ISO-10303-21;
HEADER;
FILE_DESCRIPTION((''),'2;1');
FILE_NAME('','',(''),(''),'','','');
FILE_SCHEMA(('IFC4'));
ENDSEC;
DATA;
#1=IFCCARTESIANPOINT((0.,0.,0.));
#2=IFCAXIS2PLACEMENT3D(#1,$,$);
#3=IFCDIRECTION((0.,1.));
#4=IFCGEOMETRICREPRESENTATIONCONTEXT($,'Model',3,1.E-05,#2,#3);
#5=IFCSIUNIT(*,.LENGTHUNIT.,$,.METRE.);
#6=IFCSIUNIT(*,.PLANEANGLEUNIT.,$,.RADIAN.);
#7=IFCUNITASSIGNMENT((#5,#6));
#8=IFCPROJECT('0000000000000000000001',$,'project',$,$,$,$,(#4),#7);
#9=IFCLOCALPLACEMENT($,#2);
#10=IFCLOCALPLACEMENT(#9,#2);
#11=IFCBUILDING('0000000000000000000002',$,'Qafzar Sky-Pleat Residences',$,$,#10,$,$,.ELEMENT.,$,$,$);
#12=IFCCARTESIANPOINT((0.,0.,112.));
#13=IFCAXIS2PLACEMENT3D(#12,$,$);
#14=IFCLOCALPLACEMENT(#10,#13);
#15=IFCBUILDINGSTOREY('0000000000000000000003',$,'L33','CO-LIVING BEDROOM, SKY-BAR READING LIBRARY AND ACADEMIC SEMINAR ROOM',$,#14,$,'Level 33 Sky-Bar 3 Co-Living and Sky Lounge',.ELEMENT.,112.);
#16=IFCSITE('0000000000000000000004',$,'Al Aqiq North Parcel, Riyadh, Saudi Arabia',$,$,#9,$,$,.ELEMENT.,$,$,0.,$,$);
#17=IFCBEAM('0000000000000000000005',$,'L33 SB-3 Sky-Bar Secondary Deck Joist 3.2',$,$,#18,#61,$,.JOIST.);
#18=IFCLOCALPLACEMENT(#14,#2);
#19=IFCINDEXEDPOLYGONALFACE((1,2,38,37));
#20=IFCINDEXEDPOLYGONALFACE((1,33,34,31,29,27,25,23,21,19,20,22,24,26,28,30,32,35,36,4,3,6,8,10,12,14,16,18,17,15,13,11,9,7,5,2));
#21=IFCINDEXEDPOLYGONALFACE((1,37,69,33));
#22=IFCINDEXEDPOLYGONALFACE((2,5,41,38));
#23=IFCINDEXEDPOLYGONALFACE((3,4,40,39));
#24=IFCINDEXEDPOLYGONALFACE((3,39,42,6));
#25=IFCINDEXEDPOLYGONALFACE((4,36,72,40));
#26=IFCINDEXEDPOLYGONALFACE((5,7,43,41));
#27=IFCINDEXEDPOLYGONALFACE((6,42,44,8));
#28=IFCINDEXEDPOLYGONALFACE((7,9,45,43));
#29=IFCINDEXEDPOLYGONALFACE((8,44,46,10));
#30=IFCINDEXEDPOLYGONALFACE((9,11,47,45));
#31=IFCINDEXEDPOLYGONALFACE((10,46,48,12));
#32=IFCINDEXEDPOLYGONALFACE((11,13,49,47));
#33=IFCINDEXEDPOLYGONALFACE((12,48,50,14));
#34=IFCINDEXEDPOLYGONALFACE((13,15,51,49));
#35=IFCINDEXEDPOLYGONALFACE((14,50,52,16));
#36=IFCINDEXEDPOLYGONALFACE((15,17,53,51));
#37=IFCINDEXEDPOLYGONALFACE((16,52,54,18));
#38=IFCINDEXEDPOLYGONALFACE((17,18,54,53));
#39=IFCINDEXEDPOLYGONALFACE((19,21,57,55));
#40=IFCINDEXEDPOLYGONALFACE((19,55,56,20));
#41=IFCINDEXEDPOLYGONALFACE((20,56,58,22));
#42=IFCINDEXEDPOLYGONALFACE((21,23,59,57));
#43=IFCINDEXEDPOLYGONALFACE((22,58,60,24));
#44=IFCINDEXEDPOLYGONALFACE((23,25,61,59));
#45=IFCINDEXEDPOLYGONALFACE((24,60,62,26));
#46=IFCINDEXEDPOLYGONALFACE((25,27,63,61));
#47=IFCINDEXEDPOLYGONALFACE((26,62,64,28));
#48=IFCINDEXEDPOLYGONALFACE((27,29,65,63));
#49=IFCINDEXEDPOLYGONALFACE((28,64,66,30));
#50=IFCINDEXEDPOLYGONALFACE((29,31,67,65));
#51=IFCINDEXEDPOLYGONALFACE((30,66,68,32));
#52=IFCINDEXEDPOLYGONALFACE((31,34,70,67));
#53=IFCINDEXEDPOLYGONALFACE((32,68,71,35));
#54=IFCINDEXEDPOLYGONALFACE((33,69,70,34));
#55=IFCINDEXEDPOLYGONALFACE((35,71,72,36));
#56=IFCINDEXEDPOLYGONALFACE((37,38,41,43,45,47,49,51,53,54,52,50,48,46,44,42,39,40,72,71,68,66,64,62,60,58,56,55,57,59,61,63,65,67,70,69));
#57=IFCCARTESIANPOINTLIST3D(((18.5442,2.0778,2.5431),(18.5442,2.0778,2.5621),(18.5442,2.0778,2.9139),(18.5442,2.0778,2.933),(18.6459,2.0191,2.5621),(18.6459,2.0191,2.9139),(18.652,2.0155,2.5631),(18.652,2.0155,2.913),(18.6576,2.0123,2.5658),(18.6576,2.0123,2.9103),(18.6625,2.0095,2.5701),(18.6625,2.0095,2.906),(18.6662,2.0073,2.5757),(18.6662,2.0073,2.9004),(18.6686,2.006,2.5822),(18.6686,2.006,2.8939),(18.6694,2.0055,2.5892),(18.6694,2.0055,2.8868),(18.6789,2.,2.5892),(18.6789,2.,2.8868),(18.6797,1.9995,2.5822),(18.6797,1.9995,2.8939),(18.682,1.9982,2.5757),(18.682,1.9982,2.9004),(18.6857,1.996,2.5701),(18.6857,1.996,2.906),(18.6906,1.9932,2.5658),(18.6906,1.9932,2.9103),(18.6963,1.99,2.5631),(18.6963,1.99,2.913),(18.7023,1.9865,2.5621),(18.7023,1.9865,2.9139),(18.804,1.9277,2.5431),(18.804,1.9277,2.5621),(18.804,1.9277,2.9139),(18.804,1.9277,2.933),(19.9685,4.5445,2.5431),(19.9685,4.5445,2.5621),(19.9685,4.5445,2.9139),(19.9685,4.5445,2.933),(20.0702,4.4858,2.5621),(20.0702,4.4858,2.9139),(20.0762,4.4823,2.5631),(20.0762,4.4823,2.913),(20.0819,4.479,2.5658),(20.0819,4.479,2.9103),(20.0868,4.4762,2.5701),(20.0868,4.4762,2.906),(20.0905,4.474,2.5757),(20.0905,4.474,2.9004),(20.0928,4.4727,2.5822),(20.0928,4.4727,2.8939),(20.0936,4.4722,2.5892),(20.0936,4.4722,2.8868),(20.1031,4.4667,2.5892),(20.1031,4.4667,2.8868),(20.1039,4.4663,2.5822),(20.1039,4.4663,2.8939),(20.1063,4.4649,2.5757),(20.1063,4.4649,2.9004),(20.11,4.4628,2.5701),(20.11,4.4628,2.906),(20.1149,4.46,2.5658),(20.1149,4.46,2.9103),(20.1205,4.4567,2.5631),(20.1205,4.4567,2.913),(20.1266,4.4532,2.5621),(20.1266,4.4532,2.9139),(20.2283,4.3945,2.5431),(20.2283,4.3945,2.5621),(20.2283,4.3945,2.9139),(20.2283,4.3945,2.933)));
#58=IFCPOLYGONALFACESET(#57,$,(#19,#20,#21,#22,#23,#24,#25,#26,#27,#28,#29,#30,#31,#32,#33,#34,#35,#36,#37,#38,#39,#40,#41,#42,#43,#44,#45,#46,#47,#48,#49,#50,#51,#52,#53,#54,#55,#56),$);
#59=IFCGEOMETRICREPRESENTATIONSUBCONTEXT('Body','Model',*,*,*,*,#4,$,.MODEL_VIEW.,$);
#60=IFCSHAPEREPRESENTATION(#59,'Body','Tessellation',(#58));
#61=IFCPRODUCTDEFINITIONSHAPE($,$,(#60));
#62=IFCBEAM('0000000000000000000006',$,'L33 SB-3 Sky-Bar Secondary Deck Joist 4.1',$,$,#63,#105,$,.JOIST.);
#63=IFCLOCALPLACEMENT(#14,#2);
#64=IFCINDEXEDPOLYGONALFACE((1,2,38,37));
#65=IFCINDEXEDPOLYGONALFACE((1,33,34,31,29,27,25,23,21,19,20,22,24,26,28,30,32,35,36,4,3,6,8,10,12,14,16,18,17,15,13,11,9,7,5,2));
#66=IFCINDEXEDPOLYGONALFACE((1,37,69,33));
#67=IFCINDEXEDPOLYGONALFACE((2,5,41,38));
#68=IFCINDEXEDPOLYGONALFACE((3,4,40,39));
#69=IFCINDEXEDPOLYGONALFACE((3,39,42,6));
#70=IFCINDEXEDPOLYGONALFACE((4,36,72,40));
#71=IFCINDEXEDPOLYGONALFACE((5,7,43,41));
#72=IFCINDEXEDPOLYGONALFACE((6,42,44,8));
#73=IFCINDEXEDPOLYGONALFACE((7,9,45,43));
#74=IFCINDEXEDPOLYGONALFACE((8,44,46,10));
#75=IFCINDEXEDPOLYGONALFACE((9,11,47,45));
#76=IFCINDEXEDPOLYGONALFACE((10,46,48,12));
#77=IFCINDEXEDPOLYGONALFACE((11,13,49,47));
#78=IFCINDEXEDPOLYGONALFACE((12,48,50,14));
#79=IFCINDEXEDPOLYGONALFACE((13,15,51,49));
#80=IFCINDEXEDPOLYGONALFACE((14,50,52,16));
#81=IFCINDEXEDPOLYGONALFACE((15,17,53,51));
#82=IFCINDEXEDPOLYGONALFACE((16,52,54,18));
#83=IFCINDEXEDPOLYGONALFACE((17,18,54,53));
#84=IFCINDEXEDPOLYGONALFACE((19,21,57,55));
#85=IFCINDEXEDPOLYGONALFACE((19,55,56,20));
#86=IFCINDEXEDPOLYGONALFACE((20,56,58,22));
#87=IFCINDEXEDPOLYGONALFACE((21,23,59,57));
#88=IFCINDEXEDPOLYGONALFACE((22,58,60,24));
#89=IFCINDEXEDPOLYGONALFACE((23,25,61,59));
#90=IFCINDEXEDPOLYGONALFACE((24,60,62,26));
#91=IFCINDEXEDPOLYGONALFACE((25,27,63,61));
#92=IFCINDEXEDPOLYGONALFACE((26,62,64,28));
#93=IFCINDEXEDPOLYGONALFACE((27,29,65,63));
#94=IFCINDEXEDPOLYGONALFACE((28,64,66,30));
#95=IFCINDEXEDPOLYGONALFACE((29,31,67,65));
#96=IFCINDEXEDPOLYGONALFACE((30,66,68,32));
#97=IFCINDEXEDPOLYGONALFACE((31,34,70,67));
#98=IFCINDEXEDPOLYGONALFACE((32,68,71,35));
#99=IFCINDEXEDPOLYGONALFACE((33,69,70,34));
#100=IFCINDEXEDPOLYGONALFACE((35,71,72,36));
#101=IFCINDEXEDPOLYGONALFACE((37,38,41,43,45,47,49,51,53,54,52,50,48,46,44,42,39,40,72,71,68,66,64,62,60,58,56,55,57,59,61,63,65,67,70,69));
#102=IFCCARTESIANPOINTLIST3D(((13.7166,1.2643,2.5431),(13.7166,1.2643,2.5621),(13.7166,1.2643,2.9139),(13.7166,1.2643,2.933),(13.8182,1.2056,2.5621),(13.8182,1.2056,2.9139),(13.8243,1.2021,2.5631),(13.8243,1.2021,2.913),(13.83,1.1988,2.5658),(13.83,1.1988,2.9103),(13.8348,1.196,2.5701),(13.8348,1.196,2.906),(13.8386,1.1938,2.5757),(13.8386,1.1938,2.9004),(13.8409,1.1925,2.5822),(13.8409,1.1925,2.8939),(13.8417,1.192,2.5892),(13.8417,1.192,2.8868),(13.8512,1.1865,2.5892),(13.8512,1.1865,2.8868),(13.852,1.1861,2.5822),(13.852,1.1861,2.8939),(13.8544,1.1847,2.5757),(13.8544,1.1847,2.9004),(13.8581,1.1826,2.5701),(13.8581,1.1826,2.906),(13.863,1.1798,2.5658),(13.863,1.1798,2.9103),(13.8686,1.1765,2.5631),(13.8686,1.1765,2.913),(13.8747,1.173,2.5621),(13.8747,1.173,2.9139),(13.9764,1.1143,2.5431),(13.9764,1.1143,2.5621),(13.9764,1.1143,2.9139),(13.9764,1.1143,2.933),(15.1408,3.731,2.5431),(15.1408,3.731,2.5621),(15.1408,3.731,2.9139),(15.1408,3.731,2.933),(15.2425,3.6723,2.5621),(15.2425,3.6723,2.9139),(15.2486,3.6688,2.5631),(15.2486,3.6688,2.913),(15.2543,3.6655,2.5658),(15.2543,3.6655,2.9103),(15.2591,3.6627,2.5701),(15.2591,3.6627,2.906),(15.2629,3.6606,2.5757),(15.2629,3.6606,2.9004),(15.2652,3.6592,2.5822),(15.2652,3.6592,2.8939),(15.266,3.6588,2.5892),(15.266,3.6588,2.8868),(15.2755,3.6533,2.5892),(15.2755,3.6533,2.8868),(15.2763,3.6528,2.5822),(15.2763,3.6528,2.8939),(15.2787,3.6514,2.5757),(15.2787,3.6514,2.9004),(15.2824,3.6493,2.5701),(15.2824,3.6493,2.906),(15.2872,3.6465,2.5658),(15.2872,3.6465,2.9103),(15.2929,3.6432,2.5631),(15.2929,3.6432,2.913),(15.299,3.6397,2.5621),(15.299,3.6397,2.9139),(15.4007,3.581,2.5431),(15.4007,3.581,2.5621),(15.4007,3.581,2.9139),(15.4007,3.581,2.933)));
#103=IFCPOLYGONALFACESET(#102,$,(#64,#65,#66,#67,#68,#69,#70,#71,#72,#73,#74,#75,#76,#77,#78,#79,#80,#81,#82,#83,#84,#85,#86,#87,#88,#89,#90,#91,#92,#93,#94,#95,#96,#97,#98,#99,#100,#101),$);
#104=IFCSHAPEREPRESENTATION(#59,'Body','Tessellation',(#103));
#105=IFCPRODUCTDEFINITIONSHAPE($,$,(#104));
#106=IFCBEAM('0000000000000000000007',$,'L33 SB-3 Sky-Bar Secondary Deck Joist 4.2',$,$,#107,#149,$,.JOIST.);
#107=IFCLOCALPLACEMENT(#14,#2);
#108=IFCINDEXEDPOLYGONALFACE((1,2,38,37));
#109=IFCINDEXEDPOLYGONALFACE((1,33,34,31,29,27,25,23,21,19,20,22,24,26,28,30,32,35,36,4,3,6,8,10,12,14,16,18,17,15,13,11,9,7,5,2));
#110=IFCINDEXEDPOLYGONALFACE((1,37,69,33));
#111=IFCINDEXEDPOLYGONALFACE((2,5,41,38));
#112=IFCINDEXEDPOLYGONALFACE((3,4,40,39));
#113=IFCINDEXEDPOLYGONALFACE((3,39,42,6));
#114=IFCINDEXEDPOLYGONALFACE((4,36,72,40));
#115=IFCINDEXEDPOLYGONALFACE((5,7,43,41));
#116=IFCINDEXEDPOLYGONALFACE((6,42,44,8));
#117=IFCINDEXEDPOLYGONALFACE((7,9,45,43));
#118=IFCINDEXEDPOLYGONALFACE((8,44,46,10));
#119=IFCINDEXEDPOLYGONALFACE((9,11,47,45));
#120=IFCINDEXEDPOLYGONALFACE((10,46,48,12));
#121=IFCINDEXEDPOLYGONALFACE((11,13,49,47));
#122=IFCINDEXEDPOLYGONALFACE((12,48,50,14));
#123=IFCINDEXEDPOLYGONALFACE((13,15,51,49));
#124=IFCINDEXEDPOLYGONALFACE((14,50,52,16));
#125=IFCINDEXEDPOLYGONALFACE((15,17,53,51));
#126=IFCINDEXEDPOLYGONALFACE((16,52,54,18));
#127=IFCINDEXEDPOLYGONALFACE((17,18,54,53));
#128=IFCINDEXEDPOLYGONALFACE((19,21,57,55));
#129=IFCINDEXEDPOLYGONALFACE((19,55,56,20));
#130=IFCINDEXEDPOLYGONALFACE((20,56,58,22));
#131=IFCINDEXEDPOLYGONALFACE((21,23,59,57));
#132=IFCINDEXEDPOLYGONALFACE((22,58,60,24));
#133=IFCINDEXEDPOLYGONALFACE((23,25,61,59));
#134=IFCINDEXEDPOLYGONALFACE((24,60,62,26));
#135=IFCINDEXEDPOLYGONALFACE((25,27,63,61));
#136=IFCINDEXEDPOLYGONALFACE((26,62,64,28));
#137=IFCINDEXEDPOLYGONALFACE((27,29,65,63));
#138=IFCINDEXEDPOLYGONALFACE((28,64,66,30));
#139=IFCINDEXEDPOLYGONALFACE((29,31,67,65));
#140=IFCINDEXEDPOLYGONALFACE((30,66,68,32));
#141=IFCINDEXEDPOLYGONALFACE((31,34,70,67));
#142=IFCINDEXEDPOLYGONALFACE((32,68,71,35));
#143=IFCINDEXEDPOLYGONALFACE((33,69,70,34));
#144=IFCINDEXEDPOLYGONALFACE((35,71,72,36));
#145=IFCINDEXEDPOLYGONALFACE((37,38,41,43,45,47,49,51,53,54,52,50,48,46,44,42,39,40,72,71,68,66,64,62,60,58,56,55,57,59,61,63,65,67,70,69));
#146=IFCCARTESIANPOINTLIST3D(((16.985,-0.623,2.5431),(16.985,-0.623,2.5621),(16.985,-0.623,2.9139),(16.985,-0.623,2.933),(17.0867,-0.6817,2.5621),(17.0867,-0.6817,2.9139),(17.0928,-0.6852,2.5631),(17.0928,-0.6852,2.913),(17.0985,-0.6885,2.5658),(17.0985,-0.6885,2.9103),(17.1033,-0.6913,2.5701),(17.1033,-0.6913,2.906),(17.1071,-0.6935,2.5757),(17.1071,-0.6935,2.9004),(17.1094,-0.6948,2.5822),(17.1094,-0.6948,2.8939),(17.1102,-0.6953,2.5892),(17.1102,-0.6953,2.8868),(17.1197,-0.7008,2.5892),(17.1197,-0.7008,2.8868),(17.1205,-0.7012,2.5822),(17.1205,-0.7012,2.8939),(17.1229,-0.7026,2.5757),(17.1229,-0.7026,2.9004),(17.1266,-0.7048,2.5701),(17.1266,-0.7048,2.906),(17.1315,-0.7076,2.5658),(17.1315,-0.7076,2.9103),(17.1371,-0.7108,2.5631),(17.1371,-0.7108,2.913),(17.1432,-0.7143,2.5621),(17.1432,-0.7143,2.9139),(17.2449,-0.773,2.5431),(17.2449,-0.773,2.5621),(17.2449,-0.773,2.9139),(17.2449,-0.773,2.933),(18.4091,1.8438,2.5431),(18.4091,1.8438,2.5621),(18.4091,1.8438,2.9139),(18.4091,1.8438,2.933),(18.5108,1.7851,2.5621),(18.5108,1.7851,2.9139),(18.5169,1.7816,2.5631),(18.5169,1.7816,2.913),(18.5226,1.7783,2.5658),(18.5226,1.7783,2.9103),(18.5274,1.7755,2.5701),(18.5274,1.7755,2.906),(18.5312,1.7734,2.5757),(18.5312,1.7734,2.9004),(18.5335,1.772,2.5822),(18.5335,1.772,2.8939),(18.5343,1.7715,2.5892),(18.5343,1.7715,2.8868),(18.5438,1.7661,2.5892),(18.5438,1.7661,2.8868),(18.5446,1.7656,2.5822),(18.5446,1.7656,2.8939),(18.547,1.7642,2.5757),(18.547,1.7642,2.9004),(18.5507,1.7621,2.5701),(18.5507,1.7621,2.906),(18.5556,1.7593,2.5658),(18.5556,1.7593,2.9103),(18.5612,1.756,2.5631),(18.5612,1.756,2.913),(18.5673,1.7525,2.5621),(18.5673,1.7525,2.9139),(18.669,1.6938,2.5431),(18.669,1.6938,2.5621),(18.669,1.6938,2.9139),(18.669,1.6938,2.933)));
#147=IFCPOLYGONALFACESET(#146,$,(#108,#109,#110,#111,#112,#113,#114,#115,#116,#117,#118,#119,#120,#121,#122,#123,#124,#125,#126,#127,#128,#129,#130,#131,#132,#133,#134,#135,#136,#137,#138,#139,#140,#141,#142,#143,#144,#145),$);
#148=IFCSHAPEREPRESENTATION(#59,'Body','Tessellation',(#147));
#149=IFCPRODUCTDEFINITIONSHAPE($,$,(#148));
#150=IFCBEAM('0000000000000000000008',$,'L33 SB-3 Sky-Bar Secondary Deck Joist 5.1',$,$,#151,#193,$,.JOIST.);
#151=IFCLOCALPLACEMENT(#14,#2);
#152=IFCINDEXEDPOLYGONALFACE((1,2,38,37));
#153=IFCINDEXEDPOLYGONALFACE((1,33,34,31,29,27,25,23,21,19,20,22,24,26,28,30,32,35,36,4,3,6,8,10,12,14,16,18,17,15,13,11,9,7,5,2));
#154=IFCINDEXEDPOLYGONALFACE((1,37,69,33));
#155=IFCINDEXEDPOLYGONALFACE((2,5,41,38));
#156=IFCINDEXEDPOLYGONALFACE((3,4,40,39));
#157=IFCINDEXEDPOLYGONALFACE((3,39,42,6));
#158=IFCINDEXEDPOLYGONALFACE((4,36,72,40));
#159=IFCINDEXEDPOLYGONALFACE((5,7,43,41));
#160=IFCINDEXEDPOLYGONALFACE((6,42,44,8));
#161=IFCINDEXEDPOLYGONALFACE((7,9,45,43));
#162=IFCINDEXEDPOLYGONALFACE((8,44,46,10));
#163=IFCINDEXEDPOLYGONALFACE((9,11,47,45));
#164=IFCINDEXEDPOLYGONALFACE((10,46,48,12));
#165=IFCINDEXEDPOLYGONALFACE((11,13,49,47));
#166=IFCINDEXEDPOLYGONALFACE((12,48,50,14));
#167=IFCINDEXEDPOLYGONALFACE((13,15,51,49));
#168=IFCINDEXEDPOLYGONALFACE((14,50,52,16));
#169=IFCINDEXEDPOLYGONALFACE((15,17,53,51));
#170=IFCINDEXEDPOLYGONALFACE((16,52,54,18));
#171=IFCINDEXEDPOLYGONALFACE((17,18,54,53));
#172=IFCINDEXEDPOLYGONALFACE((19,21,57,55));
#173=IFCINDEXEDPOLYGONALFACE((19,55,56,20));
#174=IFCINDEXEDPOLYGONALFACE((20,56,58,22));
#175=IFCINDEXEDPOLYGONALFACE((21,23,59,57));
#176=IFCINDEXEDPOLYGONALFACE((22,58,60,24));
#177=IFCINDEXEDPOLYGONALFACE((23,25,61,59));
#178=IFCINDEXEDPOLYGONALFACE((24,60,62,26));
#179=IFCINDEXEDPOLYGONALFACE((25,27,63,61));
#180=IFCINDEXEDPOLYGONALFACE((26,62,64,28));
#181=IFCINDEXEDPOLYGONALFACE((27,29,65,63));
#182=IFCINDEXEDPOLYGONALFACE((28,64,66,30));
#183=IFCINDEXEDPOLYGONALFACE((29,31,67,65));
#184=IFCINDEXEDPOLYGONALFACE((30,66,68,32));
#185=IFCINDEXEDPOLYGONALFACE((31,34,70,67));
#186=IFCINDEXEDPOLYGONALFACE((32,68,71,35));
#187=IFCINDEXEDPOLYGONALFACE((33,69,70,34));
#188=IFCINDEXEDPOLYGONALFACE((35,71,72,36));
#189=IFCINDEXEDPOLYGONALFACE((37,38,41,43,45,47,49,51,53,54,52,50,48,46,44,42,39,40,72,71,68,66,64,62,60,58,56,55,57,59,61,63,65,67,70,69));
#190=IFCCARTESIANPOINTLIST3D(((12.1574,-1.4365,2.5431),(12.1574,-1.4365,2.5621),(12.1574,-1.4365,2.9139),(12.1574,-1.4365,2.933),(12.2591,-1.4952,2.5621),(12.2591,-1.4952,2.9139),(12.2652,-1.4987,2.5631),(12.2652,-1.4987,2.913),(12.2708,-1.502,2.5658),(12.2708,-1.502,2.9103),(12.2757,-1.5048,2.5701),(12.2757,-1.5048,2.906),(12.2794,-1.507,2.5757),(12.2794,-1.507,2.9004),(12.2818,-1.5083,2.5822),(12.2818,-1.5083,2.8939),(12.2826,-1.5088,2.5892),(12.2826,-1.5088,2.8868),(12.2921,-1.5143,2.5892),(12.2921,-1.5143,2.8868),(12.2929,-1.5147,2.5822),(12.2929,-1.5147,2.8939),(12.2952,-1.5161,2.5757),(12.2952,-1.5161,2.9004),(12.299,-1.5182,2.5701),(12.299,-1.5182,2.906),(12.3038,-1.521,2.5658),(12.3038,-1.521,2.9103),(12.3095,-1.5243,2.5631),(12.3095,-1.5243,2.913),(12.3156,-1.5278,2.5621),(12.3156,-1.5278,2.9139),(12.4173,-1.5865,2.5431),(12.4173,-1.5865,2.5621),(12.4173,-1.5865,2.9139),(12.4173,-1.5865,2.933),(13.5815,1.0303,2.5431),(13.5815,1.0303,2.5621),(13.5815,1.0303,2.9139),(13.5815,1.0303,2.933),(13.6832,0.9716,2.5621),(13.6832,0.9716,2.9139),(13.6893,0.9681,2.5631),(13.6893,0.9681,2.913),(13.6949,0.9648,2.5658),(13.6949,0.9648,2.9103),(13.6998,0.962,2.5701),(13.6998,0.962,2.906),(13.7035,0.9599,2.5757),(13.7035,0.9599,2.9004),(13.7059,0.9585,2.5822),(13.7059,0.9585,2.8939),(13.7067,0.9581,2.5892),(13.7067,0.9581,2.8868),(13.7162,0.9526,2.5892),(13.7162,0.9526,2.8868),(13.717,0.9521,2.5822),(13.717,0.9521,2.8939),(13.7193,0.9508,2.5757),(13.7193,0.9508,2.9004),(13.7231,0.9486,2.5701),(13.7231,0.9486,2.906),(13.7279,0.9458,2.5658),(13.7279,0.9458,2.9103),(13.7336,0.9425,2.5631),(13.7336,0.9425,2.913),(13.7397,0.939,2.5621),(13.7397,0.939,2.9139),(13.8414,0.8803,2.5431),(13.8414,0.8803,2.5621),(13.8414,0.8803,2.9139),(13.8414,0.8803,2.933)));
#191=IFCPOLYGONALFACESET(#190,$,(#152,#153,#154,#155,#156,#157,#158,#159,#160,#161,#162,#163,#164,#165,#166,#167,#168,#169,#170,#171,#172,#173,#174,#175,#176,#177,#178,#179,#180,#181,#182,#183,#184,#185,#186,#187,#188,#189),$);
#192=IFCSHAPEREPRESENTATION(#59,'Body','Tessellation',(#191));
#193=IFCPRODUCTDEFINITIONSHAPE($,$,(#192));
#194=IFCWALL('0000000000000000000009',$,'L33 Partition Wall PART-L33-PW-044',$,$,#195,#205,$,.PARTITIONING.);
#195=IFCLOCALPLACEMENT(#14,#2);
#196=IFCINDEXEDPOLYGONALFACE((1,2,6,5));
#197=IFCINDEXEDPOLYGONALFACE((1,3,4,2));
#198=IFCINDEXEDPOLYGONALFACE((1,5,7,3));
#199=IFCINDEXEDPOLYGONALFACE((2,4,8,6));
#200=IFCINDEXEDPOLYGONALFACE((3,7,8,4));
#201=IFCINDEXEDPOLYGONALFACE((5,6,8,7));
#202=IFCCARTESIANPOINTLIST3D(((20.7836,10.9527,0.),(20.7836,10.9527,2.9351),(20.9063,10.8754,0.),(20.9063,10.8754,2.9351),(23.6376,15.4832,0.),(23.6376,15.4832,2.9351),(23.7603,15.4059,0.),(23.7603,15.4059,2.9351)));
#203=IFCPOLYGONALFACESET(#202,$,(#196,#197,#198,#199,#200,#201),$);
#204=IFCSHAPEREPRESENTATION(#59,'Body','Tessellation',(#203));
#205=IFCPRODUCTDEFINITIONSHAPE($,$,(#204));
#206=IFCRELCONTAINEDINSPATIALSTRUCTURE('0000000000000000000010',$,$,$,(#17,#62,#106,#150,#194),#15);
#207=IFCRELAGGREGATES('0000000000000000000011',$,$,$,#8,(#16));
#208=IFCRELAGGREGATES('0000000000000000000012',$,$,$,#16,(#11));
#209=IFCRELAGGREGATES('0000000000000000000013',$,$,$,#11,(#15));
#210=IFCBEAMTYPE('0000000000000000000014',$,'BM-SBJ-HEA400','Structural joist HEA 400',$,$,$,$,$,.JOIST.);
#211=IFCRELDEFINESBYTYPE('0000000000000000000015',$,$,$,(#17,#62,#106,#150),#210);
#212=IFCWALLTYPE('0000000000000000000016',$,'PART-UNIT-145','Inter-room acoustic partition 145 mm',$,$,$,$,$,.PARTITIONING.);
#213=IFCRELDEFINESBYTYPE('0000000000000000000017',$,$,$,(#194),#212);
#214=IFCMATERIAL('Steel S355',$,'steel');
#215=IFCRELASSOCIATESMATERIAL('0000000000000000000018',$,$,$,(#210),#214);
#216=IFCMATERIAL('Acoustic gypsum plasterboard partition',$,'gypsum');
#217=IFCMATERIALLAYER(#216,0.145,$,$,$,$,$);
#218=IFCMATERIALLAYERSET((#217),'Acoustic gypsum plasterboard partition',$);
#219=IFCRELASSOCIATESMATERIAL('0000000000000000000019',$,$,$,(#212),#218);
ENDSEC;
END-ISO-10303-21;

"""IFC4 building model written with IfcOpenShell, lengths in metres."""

from ifc_helpers import new_model, si_unit, direction, frame, frame_2d, origin, origin_2d, place, context, subcontext, project, spatial, rectangle, i_section, extrude, source, transform, mapped, material, layer, layer_set, material_profile, profile_set, type_object, element, save


model = new_model("IFC4")

# Units and contexts
model_context = context("Model", 3, precision=1e-05, world=origin(), true_north=direction((0.0, 1.0)))
body_context = subcontext(model_context, "Body", "Model", "MODEL_VIEW")
ifc_project = project(units=[si_unit("LENGTHUNIT", "METRE"), si_unit("PLANEANGLEUNIT", "RADIAN")], contexts=[model_context])

# Site, building, storey
site_placement = place(None, origin())
site = spatial("IfcSite", under=ifc_project, at=site_placement, Name="Al Aqiq North Parcel, Riyadh, Saudi Arabia", CompositionType="ELEMENT", RefElevation=0.0)
building_placement = place(site_placement, origin())
building = spatial("IfcBuilding", under=site, at=building_placement, Name="Qafzar Sky-Pleat Residences", CompositionType="ELEMENT")
storey_placement = place(building_placement, frame((0.0, 0.0, 112.0)))
storey = spatial("IfcBuildingStorey", under=building, at=storey_placement, Name="L33", Description="CO-LIVING BEDROOM, SKY-BAR READING LIBRARY AND ACADEMIC SEMINAR ROOM", LongName="Level 33 Sky-Bar 3 Co-Living and Sky Lounge", CompositionType="ELEMENT", Elevation=112.0)

# Shared definitions
ifc_material_1 = material(Name="Steel S355", Category="steel")

# Beams
ifc_material_profile_1 = material_profile(ifc_material_1, i_section(OverallWidth=0.3, OverallDepth=0.3899, WebThickness=0.011, FlangeThickness=0.019, FilletRadius=0.0271, at=origin_2d()), Name="HEA 400")
ifc_profile_set_1 = profile_set([ifc_material_profile_1], Name="Steel S355")
beam_type_1 = type_object("IfcBeamType", Name="BM-SBJ-HEA400", Description="Structural joist HEA 400", PredefinedType="JOIST", material=ifc_profile_set_1)
shared_shape_1 = source(origin(), body_context, "Body", "SweptSolid", [
    extrude(i_section(OverallWidth=0.3, OverallDepth=0.3899, WebThickness=0.011, FlangeThickness=0.019, FilletRadius=0.0271, at=origin_2d()), origin(), (0.0, 0.0, 1.0), 2.8484),
])
for number, where, z_axis, x_axis, name in (
    (1, (20.0984, 4.4695, 2.738), (-0.500029, -0.866009, 0.0), (0.866009, -0.500029, 0.0), "L33 SB-3 Sky-Bar Secondary Deck Joist 3.2"),
    (2, (15.2708, 3.656, 2.738), (-0.500029, -0.866009, 0.0), (0.866009, -0.500029, 0.0), "L33 SB-3 Sky-Bar Secondary Deck Joist 4.1"),
    (3, (18.5391, 1.7688, 2.738), (-0.499965, -0.866046, 0.0), (0.866046, -0.499965, 0.0), "L33 SB-3 Sky-Bar Secondary Deck Joist 4.2"),
    (4, (13.7114, 0.9553, 2.738), (-0.499965, -0.866046, 0.0), (0.866046, -0.499965, 0.0), "L33 SB-3 Sky-Bar Secondary Deck Joist 5.1"),
):
    element("IfcBeam", number, at=place(storey_placement, frame(where, z_axis=z_axis, x_axis=x_axis)), inside=storey, type_object=beam_type_1, Name=name, PredefinedType="JOIST", context=body_context, shape_type="MappedRepresentation", body=[
        mapped(shared_shape_1, transform((0.0, 0.0, 0.0), x_axis=(1.0, 0.0, 0.0), y_axis=(0.0, 1.0, 0.0), z_axis=(0.0, 0.0, 1.0), scale=1.0)),
    ])

# Wall
ifc_material_2 = material(Name="Acoustic gypsum plasterboard partition", Category="gypsum")
ifc_layer = layer(ifc_material_2, 0.145)
ifc_layer_set = layer_set([ifc_layer], Name="Acoustic gypsum plasterboard partition")
wall_type = type_object("IfcWallType", Name="PART-UNIT-145", Description="Inter-room acoustic partition 145 mm", PredefinedType="PARTITIONING", material=ifc_layer_set)
wall_1_placement = place(storey_placement, frame((20.845, 10.9141, 0.0), z_axis=(0.0, 0.0, 1.0), x_axis=(0.533008, 0.84611, 0.0)))
element("IfcWall", 5, at=wall_1_placement, inside=storey, type_object=wall_type, Name="L33 Partition Wall PART-L33-PW-044", PredefinedType="PARTITIONING", context=body_context, shape_type="SweptSolid", body=[
    extrude(rectangle(XDim=5.3545, YDim=0.145, at=frame_2d((2.6772, 0.0))), origin(), (0.0, 0.0, 1.0), 2.9351),
])

save(model, "model.ifc")
